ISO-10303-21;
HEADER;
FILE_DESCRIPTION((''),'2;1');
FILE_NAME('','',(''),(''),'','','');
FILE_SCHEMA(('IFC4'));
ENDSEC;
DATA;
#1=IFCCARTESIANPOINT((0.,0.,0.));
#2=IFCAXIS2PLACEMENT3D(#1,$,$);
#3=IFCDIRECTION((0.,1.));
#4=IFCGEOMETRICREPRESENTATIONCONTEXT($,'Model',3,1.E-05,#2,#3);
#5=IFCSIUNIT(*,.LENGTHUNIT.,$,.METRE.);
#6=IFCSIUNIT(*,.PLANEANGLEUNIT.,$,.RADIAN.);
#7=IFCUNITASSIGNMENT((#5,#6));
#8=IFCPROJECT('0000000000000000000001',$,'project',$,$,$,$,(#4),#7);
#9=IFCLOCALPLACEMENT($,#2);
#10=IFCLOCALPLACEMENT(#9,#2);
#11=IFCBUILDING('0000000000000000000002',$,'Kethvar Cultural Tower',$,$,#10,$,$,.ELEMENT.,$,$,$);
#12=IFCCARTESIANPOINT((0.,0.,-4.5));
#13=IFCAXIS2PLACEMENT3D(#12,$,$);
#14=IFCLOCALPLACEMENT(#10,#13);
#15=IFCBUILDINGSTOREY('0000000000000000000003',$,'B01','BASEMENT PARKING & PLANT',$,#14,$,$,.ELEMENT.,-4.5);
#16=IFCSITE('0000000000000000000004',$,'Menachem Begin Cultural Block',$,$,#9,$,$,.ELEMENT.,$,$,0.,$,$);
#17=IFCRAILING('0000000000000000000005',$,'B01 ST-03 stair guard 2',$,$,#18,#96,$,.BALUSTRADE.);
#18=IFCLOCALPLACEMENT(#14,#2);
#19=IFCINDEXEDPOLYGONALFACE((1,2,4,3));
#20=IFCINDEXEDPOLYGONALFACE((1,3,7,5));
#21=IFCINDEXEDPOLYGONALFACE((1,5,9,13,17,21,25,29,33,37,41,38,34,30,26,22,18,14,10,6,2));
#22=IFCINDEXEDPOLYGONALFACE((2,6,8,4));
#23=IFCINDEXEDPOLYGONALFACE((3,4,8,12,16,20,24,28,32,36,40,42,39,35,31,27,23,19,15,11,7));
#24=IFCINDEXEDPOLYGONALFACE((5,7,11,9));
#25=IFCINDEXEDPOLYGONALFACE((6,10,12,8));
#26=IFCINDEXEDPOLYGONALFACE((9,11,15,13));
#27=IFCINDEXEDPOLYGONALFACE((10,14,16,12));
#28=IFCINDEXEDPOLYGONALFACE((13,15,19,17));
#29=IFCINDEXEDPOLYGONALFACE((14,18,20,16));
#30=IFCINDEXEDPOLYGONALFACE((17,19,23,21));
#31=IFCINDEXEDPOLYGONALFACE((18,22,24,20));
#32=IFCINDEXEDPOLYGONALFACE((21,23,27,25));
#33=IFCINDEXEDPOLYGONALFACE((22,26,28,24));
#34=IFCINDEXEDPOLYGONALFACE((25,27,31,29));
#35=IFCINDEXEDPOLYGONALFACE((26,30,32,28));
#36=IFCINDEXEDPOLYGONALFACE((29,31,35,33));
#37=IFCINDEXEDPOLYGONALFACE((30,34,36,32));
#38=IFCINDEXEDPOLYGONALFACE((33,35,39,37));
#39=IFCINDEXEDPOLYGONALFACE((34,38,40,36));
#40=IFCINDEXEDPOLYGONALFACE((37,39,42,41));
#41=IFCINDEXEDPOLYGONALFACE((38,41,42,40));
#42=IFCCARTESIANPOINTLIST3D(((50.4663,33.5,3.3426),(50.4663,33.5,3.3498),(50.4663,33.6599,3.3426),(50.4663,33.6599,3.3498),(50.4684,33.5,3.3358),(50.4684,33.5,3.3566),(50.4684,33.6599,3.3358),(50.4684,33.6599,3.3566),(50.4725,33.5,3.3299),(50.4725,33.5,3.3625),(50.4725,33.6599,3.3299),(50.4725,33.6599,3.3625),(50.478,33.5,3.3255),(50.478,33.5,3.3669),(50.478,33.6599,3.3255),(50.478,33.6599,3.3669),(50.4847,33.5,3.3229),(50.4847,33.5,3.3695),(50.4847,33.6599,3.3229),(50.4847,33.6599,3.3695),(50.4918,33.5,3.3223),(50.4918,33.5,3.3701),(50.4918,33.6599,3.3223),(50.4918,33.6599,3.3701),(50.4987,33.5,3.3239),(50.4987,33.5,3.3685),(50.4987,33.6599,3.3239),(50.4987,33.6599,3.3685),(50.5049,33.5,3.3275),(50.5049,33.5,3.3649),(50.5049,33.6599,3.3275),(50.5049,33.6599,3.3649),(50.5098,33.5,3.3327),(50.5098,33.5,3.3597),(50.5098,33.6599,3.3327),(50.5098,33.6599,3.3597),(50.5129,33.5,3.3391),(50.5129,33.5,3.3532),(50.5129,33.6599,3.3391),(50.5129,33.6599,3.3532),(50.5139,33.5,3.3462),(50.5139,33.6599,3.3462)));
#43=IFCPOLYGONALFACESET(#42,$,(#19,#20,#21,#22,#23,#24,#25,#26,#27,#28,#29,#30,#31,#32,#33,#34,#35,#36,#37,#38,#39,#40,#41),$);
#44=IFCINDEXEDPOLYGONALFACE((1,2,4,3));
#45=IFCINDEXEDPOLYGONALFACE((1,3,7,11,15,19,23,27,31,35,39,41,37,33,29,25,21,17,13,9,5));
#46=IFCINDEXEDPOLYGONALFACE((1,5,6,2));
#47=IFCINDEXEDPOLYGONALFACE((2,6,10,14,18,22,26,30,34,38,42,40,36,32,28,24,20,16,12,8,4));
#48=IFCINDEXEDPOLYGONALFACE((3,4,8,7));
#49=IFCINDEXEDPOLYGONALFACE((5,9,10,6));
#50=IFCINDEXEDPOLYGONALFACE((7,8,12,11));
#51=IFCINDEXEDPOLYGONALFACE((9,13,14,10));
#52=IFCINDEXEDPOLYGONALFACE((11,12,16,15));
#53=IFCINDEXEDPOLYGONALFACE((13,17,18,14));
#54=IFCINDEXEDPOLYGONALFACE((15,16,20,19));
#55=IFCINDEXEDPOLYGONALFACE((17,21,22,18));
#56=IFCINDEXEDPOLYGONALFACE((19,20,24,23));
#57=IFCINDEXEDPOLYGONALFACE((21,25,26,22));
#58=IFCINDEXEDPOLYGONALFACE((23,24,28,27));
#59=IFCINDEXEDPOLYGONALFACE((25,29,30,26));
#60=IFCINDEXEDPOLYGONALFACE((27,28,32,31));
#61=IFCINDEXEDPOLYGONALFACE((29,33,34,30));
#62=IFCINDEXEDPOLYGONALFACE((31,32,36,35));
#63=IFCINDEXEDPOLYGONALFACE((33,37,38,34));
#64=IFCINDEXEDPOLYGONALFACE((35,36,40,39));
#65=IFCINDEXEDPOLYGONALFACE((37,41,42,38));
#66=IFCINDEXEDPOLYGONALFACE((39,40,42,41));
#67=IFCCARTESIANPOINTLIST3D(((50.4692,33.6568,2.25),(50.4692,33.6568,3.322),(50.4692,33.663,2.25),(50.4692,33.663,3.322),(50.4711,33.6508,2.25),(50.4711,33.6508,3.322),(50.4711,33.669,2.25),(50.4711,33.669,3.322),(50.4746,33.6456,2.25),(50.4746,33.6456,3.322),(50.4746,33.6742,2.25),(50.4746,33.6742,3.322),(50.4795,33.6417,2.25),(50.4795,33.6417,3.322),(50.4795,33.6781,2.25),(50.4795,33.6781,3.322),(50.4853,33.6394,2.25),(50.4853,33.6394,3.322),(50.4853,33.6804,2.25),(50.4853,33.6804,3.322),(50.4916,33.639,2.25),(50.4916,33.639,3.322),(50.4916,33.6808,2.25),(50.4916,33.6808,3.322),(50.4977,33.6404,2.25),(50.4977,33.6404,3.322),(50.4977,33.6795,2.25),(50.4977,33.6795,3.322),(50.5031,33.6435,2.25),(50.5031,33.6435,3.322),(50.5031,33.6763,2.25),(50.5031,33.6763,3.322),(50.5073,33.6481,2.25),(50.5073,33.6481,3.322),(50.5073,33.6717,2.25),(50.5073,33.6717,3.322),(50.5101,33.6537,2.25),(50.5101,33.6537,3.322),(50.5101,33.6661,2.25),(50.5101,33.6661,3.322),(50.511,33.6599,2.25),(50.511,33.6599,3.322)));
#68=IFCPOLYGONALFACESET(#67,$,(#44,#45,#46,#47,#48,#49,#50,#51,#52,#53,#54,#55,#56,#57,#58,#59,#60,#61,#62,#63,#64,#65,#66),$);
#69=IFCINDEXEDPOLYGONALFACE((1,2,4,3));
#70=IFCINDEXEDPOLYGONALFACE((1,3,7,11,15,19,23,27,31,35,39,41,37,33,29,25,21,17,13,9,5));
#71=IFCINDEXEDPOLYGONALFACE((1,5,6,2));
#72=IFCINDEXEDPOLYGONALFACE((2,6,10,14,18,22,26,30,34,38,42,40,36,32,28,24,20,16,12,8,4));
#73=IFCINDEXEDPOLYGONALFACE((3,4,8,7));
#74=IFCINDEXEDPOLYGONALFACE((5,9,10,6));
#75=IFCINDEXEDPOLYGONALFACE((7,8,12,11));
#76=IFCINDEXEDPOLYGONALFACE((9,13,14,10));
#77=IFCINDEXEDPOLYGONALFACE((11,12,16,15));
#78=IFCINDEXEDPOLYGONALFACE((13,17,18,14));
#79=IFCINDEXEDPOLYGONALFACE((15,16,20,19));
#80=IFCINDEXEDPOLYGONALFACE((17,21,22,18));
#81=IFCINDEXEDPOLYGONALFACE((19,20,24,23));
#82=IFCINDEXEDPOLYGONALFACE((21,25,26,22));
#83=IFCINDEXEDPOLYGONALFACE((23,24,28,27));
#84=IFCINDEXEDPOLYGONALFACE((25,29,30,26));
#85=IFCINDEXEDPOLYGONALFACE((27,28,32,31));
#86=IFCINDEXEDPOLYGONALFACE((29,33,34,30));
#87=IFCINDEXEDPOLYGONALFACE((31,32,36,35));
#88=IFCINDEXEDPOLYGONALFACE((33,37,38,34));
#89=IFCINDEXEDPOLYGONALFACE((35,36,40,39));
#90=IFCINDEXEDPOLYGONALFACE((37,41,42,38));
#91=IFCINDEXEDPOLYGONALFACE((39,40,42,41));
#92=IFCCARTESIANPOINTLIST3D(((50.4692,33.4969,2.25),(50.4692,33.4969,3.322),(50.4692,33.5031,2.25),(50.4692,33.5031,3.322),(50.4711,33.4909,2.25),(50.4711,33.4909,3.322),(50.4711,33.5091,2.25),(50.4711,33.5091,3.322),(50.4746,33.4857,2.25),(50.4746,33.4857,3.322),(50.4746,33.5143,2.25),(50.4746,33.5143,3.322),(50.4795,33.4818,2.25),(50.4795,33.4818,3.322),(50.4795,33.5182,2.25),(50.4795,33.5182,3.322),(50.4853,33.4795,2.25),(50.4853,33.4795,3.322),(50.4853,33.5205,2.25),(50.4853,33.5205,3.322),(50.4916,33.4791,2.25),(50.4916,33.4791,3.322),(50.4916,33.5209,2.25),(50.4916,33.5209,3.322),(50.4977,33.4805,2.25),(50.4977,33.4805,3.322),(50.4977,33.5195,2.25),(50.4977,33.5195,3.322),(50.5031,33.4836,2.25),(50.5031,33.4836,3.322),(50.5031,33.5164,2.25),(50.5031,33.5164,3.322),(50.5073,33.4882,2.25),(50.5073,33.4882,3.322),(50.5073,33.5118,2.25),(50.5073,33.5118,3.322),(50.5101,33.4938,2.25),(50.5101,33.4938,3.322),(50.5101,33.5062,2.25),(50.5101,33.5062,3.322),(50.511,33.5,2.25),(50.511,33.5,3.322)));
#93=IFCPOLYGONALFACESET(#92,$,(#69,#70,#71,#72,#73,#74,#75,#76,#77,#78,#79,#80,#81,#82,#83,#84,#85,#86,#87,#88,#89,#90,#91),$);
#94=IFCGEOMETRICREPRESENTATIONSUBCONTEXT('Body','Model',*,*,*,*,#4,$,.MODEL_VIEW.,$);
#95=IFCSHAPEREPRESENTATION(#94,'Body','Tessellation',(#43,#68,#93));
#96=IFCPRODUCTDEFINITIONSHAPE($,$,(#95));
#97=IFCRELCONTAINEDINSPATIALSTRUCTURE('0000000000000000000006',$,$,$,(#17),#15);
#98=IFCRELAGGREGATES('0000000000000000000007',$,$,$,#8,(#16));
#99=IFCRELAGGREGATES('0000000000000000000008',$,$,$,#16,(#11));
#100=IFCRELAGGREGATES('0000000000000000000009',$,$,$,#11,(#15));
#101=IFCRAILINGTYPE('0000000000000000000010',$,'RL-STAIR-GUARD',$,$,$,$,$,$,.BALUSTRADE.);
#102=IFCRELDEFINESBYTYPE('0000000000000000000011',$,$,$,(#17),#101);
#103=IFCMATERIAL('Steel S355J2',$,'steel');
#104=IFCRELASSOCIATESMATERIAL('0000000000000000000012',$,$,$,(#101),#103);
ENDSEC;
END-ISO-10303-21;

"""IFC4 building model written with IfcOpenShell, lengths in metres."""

from ifc_helpers import new_model, si_unit, direction, frame, origin, origin_2d, place, context, subcontext, project, spatial, circle, extrude, material, type_object, element, save


model = new_model("IFC4")

# Units and contexts
model_context = context("Model", 3, precision=1e-05, world=origin(), true_north=direction((0.0, 1.0)))
body_context = subcontext(model_context, "Body", "Model", "MODEL_VIEW")
ifc_project = project(units=[si_unit("LENGTHUNIT", "METRE"), si_unit("PLANEANGLEUNIT", "RADIAN")], contexts=[model_context])

# Site, building, storey
site_placement = place(None, origin())
site = spatial("IfcSite", under=ifc_project, at=site_placement, Name="Menachem Begin Cultural Block", CompositionType="ELEMENT", RefElevation=0.0)
building_placement = place(site_placement, origin())
building = spatial("IfcBuilding", under=site, at=building_placement, Name="Kethvar Cultural Tower", CompositionType="ELEMENT")
storey_placement = place(building_placement, frame((0.0, 0.0, -4.5)))
storey = spatial("IfcBuildingStorey", under=building, at=storey_placement, Name="B01", Description="BASEMENT PARKING & PLANT", CompositionType="ELEMENT", Elevation=-4.5)

# Shared definitions
ifc_material_1 = material(Name="Steel S355J2", Category="steel")

# Railing
railing_type_1 = type_object("IfcRailingType", Name="RL-STAIR-GUARD", PredefinedType="BALUSTRADE", material=ifc_material_1)
railing_1_placement = place(storey_placement, frame((50.49, 33.6599, 2.25)))
element("IfcRailing", 1, at=railing_1_placement, inside=storey, type_object=railing_type_1, Name="B01 ST-03 stair guard 2", PredefinedType="BALUSTRADE", context=body_context, shape_type="SweptSolid", body=[
    extrude(circle(Radius=0.0239, at=origin_2d()), frame((0.0, 0.0, 1.0962), z_axis=(0.0, -1.0, 0.0), x_axis=(1.0, 0.0, 0.0)), (0.0, 0.0, 1.0), 0.1599),
    extrude(circle(Radius=0.021, at=origin_2d()), origin(), (0.0, 0.0, 1.0), 1.072),
    extrude(circle(Radius=0.021, at=origin_2d()), frame((0.0, -0.1599, 0.0)), (0.0, 0.0, 1.0), 1.072),
])

save(model, "model.ifc")
